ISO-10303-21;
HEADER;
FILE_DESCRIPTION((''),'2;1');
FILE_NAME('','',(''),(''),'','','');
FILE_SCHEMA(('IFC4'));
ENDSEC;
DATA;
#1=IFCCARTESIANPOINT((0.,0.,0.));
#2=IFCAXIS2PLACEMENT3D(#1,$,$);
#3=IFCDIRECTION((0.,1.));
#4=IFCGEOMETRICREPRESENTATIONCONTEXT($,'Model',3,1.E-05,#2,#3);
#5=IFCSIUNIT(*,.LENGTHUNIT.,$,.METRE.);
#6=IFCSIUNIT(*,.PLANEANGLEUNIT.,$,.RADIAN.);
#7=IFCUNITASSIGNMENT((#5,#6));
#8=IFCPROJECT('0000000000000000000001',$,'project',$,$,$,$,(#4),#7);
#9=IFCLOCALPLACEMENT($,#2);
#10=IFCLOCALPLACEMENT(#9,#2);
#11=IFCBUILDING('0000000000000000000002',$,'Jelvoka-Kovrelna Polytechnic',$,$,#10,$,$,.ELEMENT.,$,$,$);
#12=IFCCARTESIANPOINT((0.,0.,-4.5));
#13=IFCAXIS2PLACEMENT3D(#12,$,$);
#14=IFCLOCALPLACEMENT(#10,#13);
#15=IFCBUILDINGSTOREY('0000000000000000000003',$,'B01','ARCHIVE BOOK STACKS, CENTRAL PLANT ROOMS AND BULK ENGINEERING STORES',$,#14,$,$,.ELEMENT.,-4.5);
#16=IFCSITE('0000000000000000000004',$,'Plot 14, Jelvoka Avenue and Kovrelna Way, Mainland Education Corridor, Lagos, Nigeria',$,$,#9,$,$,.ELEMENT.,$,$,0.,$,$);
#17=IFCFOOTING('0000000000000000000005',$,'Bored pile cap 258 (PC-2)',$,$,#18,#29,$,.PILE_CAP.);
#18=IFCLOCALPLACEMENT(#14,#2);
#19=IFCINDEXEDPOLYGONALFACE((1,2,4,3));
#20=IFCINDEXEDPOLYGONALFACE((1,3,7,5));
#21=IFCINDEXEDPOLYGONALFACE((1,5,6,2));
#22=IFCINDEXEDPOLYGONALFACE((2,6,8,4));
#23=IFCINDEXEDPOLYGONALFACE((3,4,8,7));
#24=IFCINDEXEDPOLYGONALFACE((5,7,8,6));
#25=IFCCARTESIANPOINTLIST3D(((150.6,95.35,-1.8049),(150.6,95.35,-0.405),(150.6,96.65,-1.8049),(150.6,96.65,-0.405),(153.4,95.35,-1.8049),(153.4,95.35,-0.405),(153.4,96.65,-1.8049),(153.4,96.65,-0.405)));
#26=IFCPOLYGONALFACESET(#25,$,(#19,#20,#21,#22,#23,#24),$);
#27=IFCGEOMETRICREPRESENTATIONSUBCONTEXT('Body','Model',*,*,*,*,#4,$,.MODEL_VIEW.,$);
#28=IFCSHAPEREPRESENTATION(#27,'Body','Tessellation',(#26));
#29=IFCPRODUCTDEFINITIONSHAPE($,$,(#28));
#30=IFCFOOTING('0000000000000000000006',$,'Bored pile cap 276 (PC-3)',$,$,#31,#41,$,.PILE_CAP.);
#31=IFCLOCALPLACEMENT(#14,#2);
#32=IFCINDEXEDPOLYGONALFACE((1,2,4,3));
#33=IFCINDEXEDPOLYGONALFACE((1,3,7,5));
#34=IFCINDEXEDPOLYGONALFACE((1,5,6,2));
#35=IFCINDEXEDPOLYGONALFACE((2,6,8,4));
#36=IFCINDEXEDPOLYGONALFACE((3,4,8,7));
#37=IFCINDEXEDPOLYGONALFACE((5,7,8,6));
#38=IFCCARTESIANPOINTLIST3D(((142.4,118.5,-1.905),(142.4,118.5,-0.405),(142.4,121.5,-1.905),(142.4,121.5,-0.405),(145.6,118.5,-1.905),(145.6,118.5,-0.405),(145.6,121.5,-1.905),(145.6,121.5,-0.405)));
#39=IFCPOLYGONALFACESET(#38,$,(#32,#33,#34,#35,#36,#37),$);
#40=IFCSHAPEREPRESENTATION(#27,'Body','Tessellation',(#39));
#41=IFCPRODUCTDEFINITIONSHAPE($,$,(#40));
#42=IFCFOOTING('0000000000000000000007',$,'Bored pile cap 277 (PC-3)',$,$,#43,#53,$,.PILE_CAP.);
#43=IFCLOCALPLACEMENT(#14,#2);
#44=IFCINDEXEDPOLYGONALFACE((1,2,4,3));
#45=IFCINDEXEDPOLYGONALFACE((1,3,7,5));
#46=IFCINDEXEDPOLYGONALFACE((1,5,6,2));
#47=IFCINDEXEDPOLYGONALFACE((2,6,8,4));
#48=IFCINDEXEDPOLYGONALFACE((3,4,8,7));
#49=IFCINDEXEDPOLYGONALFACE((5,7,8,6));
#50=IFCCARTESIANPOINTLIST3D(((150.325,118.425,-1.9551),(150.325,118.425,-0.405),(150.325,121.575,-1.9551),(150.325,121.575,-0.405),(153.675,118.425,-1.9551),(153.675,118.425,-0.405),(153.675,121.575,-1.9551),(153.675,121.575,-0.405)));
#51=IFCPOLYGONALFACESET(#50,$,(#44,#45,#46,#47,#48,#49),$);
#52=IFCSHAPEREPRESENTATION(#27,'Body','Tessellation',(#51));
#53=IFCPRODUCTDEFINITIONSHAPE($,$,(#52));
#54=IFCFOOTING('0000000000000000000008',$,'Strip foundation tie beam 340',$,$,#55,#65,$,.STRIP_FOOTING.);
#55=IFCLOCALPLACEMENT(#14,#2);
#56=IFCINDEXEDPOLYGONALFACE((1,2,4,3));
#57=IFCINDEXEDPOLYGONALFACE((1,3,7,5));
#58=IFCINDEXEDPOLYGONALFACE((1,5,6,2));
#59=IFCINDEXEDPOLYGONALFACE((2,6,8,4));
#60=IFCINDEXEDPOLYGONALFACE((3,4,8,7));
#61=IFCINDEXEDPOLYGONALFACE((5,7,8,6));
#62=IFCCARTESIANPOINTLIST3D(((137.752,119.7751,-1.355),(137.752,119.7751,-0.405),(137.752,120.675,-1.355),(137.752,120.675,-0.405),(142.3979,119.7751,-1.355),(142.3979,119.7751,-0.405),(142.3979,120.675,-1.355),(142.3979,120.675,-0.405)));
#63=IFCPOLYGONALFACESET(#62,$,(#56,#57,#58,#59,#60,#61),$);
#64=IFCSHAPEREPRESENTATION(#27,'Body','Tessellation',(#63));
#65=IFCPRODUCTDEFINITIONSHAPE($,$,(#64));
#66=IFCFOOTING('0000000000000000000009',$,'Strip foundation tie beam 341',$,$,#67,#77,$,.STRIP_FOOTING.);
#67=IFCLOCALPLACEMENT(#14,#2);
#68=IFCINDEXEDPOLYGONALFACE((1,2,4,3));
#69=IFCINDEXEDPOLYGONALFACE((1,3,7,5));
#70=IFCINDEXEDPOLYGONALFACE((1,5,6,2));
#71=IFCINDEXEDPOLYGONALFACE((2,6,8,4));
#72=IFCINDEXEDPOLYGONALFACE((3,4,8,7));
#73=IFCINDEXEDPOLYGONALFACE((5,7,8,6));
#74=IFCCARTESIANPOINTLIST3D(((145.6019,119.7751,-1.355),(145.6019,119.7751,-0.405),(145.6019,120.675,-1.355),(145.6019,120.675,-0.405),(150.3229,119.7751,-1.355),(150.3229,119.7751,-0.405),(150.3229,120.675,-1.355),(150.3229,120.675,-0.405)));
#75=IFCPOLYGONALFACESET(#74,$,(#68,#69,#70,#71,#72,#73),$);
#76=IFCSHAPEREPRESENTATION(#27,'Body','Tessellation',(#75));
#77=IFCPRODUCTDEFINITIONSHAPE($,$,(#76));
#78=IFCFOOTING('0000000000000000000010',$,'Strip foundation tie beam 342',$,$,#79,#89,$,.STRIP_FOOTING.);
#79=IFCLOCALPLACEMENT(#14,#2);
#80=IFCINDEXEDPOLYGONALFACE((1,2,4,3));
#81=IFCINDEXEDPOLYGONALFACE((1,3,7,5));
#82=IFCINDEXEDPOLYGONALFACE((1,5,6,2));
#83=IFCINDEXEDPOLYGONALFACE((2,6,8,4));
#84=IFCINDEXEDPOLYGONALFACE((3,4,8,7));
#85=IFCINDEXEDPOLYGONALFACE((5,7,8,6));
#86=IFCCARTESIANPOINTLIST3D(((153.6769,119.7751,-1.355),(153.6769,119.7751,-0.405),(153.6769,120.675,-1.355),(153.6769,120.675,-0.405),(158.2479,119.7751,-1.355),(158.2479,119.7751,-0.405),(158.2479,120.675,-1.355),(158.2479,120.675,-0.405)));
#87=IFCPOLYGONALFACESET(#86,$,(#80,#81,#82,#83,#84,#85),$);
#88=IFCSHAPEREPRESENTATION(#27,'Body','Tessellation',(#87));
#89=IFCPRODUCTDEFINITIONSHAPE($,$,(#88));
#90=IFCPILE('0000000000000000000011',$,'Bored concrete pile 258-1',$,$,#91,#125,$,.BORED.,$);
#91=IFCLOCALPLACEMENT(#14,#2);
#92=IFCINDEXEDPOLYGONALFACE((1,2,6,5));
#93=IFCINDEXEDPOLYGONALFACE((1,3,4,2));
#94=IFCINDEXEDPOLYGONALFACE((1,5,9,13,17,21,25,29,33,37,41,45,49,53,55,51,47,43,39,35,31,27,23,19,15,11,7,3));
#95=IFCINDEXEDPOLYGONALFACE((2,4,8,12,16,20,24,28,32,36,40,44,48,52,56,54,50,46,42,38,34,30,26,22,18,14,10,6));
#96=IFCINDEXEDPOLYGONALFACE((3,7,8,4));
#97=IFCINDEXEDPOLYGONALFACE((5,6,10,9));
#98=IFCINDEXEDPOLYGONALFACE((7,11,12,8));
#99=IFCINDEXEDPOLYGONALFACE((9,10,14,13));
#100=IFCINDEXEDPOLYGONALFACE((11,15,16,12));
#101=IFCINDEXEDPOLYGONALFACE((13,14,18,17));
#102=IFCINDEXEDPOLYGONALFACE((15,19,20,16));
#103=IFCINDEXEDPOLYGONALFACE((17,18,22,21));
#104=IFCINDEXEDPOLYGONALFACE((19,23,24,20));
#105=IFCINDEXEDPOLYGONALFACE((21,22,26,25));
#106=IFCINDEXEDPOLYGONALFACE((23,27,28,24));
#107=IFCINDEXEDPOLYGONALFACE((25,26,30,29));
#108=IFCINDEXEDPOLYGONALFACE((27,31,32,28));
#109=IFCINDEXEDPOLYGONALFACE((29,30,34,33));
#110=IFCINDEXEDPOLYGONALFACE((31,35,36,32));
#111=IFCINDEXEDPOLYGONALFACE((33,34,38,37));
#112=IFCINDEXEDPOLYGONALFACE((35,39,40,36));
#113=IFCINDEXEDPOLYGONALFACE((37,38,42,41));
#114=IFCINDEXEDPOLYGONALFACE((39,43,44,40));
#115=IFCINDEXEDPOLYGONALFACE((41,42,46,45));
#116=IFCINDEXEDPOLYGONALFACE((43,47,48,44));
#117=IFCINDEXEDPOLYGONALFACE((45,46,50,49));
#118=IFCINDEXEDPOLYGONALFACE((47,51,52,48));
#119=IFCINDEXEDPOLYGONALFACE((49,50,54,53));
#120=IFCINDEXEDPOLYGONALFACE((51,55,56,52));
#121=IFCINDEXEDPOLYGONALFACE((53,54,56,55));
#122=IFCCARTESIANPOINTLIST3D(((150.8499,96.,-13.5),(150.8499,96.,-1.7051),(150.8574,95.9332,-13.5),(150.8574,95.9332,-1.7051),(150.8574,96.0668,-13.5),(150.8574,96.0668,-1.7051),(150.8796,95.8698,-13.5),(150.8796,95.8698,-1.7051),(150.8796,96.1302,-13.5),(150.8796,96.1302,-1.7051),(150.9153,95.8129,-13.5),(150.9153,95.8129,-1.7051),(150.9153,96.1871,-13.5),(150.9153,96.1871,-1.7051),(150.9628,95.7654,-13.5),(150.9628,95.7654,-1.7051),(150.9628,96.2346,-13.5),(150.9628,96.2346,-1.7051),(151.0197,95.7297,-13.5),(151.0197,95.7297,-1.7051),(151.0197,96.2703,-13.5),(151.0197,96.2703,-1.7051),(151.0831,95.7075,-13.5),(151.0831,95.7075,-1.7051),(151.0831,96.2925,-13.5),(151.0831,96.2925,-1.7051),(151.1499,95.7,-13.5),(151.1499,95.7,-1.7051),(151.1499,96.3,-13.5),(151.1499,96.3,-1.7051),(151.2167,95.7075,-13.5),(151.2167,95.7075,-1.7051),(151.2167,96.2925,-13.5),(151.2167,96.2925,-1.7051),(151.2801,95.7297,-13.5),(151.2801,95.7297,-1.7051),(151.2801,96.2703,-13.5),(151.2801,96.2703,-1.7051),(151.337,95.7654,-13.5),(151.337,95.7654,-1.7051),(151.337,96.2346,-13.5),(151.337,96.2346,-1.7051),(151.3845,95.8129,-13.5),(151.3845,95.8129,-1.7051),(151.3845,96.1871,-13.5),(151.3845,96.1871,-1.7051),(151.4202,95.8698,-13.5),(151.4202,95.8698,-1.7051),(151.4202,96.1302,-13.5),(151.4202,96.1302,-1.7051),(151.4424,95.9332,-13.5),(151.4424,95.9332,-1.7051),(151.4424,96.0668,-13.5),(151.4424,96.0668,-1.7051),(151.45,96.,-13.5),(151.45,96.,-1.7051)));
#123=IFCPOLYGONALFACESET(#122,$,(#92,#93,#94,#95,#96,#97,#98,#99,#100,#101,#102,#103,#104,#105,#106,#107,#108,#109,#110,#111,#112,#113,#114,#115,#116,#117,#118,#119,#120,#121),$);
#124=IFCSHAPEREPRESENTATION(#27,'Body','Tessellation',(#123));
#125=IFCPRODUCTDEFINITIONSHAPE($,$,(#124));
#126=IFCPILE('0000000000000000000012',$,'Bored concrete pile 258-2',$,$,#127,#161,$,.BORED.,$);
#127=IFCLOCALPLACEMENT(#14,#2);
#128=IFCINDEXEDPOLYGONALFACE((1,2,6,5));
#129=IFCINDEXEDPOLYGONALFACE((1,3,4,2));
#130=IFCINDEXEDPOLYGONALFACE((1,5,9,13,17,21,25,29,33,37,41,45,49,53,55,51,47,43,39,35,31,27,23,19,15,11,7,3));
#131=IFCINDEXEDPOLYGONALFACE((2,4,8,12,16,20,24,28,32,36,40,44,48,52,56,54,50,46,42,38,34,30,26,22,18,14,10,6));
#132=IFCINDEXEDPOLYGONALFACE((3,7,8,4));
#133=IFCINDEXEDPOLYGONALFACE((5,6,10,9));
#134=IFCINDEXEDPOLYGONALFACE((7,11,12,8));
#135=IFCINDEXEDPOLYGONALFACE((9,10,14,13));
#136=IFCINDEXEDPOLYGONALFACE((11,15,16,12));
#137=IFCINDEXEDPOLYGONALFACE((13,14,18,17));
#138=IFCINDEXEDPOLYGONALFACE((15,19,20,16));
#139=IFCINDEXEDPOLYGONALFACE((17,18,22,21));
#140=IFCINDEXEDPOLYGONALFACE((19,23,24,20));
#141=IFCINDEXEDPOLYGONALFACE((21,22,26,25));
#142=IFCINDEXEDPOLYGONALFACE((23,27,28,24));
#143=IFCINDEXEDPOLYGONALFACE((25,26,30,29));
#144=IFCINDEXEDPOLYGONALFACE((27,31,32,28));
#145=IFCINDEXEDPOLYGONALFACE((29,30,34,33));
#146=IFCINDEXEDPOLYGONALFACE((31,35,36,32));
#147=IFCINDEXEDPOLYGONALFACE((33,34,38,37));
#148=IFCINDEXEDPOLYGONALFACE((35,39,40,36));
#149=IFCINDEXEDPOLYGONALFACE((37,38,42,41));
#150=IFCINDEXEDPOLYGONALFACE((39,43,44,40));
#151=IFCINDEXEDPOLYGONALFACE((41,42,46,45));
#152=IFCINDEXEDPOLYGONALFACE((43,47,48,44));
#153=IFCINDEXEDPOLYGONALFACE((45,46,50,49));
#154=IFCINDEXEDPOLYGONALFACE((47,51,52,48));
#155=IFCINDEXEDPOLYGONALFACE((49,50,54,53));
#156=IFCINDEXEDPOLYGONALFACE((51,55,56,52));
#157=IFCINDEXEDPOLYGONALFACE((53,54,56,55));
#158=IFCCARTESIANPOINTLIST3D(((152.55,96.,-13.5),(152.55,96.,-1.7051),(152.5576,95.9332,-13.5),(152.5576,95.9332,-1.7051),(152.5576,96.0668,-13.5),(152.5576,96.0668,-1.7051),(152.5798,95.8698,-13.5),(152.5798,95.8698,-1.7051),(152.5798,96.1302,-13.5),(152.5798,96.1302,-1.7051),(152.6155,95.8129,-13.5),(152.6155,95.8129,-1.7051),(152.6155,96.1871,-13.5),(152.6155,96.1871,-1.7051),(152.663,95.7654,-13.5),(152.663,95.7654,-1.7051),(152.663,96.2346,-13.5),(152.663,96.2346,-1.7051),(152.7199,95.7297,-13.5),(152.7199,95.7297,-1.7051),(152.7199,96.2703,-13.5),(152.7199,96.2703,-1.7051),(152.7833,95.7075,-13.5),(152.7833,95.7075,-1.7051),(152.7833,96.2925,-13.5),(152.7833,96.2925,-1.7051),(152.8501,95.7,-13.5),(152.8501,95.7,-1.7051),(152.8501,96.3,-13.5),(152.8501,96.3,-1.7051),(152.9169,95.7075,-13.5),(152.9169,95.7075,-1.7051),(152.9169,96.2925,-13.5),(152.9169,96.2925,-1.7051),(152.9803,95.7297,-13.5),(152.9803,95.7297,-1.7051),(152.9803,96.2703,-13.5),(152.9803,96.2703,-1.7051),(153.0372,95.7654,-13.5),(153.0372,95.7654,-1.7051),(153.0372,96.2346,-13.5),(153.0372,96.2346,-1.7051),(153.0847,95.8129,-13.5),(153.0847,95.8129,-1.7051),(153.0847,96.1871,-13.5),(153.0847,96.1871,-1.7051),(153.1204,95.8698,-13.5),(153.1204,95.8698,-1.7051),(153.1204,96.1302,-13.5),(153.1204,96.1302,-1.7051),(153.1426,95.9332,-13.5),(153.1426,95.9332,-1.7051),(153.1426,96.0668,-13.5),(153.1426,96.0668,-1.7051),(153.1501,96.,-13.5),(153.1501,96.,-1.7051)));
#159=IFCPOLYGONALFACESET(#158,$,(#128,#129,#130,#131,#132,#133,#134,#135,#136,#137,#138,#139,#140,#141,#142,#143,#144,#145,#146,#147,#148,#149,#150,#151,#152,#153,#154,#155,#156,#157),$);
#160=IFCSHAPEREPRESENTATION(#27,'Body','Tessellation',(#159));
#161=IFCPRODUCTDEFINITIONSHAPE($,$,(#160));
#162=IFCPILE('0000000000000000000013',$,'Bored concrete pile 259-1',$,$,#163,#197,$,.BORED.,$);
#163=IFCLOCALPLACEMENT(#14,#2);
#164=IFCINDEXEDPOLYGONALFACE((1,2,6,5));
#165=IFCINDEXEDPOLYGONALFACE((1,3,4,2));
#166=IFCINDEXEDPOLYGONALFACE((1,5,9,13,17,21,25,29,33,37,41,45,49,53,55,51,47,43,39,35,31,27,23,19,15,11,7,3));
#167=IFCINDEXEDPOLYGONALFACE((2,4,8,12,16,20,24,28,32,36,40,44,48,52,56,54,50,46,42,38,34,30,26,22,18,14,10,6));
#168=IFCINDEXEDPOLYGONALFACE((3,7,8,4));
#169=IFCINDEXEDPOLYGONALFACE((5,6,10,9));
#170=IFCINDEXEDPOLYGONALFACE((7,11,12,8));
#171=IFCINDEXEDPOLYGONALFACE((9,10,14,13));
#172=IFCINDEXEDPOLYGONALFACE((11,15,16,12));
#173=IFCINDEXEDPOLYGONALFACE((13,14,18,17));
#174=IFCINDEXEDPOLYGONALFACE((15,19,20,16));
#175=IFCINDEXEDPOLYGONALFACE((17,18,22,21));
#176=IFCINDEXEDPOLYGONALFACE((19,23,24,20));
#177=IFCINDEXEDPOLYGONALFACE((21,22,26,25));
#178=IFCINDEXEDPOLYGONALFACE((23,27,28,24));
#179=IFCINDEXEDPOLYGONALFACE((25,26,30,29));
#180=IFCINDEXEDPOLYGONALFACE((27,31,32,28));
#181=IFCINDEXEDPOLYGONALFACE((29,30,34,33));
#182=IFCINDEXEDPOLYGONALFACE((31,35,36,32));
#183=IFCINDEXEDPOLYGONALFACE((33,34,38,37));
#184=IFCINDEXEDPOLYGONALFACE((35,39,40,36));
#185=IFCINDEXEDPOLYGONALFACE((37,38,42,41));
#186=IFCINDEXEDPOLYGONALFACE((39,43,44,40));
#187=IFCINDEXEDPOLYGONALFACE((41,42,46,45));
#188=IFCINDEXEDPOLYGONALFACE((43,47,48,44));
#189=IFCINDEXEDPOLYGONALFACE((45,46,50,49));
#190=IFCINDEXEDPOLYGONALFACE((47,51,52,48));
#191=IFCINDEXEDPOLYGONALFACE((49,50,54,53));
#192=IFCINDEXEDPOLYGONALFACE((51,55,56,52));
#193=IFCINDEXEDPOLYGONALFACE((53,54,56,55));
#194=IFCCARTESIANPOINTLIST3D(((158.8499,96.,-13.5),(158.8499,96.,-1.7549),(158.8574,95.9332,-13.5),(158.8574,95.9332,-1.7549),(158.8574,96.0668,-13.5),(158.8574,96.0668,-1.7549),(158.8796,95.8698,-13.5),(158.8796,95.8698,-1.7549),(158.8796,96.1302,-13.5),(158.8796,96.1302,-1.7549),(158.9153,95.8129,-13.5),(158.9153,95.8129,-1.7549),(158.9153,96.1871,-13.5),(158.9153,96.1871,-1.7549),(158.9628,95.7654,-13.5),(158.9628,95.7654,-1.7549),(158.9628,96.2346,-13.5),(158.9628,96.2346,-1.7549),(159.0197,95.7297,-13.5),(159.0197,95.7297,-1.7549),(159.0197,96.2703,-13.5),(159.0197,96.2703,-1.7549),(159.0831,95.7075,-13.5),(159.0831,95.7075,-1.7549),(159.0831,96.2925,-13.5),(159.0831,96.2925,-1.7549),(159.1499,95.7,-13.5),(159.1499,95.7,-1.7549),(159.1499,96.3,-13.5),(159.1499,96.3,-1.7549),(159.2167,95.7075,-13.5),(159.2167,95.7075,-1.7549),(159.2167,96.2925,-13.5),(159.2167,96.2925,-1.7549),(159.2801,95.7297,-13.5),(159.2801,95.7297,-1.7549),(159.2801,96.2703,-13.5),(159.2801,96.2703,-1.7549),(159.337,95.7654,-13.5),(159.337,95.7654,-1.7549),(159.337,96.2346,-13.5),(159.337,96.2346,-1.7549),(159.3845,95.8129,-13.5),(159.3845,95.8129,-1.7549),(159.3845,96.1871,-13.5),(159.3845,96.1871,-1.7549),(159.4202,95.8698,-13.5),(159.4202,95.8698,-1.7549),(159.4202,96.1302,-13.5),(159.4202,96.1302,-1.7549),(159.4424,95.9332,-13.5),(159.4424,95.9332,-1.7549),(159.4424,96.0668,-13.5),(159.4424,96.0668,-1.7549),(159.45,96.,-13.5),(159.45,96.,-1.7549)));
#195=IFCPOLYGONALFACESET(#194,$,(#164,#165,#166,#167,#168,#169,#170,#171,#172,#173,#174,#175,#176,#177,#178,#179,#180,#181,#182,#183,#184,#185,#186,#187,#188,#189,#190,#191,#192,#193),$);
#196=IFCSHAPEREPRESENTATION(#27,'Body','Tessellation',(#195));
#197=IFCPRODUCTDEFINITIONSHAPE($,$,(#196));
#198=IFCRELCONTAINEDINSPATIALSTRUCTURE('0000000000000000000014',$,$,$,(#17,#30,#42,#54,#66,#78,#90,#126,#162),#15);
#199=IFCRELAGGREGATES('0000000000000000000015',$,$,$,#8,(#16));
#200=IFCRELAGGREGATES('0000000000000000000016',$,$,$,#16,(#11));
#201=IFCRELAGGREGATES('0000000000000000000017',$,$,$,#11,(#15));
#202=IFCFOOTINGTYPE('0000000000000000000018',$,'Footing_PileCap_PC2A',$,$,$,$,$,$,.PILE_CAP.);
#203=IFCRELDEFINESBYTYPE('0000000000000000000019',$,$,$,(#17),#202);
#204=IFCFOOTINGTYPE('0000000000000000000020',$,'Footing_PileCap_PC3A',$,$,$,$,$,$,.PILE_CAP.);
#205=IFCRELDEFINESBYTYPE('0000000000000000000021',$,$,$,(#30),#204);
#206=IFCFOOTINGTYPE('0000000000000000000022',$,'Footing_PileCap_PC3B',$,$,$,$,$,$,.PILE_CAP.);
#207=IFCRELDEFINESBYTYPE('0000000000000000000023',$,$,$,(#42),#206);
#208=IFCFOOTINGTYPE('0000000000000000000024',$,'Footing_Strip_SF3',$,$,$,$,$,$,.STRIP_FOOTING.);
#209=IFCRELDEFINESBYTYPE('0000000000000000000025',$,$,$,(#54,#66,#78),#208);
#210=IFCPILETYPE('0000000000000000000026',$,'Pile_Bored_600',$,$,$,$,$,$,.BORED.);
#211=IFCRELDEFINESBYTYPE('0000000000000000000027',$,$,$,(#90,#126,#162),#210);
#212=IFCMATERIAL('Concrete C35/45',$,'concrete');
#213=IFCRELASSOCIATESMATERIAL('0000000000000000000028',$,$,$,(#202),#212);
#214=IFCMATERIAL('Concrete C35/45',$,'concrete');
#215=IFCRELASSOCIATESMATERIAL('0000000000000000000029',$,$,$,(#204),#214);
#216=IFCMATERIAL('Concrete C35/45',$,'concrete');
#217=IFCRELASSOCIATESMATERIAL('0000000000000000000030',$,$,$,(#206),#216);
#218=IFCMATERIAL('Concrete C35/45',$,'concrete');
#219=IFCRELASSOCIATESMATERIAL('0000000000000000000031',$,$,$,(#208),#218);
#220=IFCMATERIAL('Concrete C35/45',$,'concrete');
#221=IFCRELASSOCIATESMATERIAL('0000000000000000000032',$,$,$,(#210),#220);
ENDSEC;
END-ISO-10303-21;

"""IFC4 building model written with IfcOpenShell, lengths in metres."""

from ifc_helpers import new_model, si_unit, direction, frame, origin, origin_2d, place, context, subcontext, project, spatial, rectangle, circle, extrude, material, material_profile, profile_set, type_object, element, save


model = new_model("IFC4")

# Units and contexts
model_context = context("Model", 3, precision=1e-05, world=origin(), true_north=direction((0.0, 1.0)))
body_context = subcontext(model_context, "Body", "Model", "MODEL_VIEW")
ifc_project = project(units=[si_unit("LENGTHUNIT", "METRE"), si_unit("PLANEANGLEUNIT", "RADIAN")], contexts=[model_context])

# Site, building, storey
site_placement = place(None, origin())
site = spatial("IfcSite", under=ifc_project, at=site_placement, Name="Plot 14, Jelvoka Avenue and Kovrelna Way, Mainland Education Corridor, Lagos, Nigeria", CompositionType="ELEMENT", RefElevation=0.0)
building_placement = place(site_placement, origin())
building = spatial("IfcBuilding", under=site, at=building_placement, Name="Jelvoka-Kovrelna Polytechnic", CompositionType="ELEMENT")
storey_placement = place(building_placement, frame((0.0, 0.0, -4.5)))
storey = spatial("IfcBuildingStorey", under=building, at=storey_placement, Name="B01", Description="ARCHIVE BOOK STACKS, CENTRAL PLANT ROOMS AND BULK ENGINEERING STORES", CompositionType="ELEMENT", Elevation=-4.5)

# Footings
ifc_material_1 = material(Name="Concrete C35/45", Category="concrete")
footing_type_1 = type_object("IfcFootingType", Name="Footing_PileCap_PC2A", PredefinedType="PILE_CAP", material=ifc_material_1)
footing_1_placement = place(storey_placement, frame((152.0, 96.0, -1.8049), z_axis=(0.0, 0.0, 1.0), x_axis=(1.0, 0.0, 0.0)))
element("IfcFooting", 1, at=footing_1_placement, inside=storey, type_object=footing_type_1, Name="Bored pile cap 258 (PC-2)", PredefinedType="PILE_CAP", context=body_context, shape_type="SweptSolid", body=[
    extrude(rectangle(XDim=2.8, YDim=1.3, at=origin_2d()), origin(), (0.0, 0.0, 1.0), 1.3999),
])
ifc_material_2 = material(Name="Concrete C35/45", Category="concrete")
footing_type_2 = type_object("IfcFootingType", Name="Footing_PileCap_PC3A", PredefinedType="PILE_CAP", material=ifc_material_2)
footing_2_placement = place(storey_placement, frame((144.0, 120.0, -1.905), z_axis=(0.0, 0.0, 1.0), x_axis=(1.0, 0.0, 0.0)))
element("IfcFooting", 2, at=footing_2_placement, inside=storey, type_object=footing_type_2, Name="Bored pile cap 276 (PC-3)", PredefinedType="PILE_CAP", context=body_context, shape_type="SweptSolid", body=[
    extrude(rectangle(XDim=3.2, YDim=3.0, at=origin_2d()), origin(), (0.0, 0.0, 1.0), 1.5),
])
ifc_material_3 = material(Name="Concrete C35/45", Category="concrete")
footing_type_3 = type_object("IfcFootingType", Name="Footing_PileCap_PC3B", PredefinedType="PILE_CAP", material=ifc_material_3)
footing_3_placement = place(storey_placement, frame((152.0, 120.0, -1.9551), z_axis=(0.0, 0.0, 1.0), x_axis=(1.0, 0.0, 0.0)))
element("IfcFooting", 3, at=footing_3_placement, inside=storey, type_object=footing_type_3, Name="Bored pile cap 277 (PC-3)", PredefinedType="PILE_CAP", context=body_context, shape_type="SweptSolid", body=[
    extrude(rectangle(XDim=3.3501, YDim=3.1499, at=origin_2d()), origin(), (0.0, 0.0, 1.0), 1.55),
])
ifc_material_4 = material(Name="Concrete C35/45", Category="concrete")
footing_type_4 = type_object("IfcFootingType", Name="Footing_Strip_SF3", PredefinedType="STRIP_FOOTING", material=ifc_material_4)
footing_4_placement = place(storey_placement, frame((140.075, 120.2251, -1.355), z_axis=(0.0, 0.0, 1.0), x_axis=(1.0, 0.0, 0.0)))
element("IfcFooting", 4, at=footing_4_placement, inside=storey, type_object=footing_type_4, Name="Strip foundation tie beam 340", PredefinedType="STRIP_FOOTING", context=body_context, shape_type="SweptSolid", body=[
    extrude(rectangle(XDim=4.646, YDim=0.8999, at=origin_2d()), origin(), (0.0, 0.0, 1.0), 0.95),
])
footing_5_placement = place(storey_placement, frame((147.9624, 120.2251, -1.355), z_axis=(0.0, 0.0, 1.0), x_axis=(1.0, 0.0, 0.0)))
element("IfcFooting", 5, at=footing_5_placement, inside=storey, type_object=footing_type_4, Name="Strip foundation tie beam 341", PredefinedType="STRIP_FOOTING", context=body_context, shape_type="SweptSolid", body=[
    extrude(rectangle(XDim=4.7209, YDim=0.8999, at=origin_2d()), origin(), (0.0, 0.0, 1.0), 0.95),
])
footing_6_placement = place(storey_placement, frame((155.9624, 120.2251, -1.355), z_axis=(0.0, 0.0, 1.0), x_axis=(1.0, 0.0, 0.0)))
element("IfcFooting", 6, at=footing_6_placement, inside=storey, type_object=footing_type_4, Name="Strip foundation tie beam 342", PredefinedType="STRIP_FOOTING", context=body_context, shape_type="SweptSolid", body=[
    extrude(rectangle(XDim=4.571, YDim=0.8999, at=origin_2d()), origin(), (0.0, 0.0, 1.0), 0.95),
])

# Piles
ifc_material_5 = material(Name="Concrete C35/45", Category="concrete")
ifc_material_profile_1 = material_profile(ifc_material_5, circle(Radius=0.3, at=origin_2d()), Name="PILE D600")
ifc_profile_set_1 = profile_set([ifc_material_profile_1], Name="Concrete C35/45")
pile_type_1 = type_object("IfcPileType", Name="Pile_Bored_600", PredefinedType="BORED", material=ifc_profile_set_1)
for number, where, z_axis, x_axis, name in (
    (7, (151.1499, 96.0, -1.7051), (0.0, 0.0, -1.0), (1.0, 0.0, 0.0), "Bored concrete pile 258-1"),
    (8, (152.8501, 96.0, -1.7051), (0.0, 0.0, -1.0), (1.0, 0.0, 0.0), "Bored concrete pile 258-2"),
):
    element("IfcPile", number, at=place(storey_placement, frame(where, z_axis=z_axis, x_axis=x_axis)), inside=storey, type_object=pile_type_1, Name=name, PredefinedType="BORED", context=body_context, shape_type="SweptSolid", body=[
        extrude(circle(Radius=0.3, at=origin_2d()), origin(), (0.0, 0.0, 1.0), 11.7949),
    ])
pile_1_placement = place(storey_placement, frame((159.1499, 96.0, -1.7549), z_axis=(0.0, 0.0, -1.0), x_axis=(1.0, 0.0, 0.0)))
element("IfcPile", 9, at=pile_1_placement, inside=storey, type_object=pile_type_1, Name="Bored concrete pile 259-1", PredefinedType="BORED", context=body_context, shape_type="SweptSolid", body=[
    extrude(circle(Radius=0.3, at=origin_2d()), origin(), (0.0, 0.0, 1.0), 11.7451),
])

save(model, "model.ifc")
